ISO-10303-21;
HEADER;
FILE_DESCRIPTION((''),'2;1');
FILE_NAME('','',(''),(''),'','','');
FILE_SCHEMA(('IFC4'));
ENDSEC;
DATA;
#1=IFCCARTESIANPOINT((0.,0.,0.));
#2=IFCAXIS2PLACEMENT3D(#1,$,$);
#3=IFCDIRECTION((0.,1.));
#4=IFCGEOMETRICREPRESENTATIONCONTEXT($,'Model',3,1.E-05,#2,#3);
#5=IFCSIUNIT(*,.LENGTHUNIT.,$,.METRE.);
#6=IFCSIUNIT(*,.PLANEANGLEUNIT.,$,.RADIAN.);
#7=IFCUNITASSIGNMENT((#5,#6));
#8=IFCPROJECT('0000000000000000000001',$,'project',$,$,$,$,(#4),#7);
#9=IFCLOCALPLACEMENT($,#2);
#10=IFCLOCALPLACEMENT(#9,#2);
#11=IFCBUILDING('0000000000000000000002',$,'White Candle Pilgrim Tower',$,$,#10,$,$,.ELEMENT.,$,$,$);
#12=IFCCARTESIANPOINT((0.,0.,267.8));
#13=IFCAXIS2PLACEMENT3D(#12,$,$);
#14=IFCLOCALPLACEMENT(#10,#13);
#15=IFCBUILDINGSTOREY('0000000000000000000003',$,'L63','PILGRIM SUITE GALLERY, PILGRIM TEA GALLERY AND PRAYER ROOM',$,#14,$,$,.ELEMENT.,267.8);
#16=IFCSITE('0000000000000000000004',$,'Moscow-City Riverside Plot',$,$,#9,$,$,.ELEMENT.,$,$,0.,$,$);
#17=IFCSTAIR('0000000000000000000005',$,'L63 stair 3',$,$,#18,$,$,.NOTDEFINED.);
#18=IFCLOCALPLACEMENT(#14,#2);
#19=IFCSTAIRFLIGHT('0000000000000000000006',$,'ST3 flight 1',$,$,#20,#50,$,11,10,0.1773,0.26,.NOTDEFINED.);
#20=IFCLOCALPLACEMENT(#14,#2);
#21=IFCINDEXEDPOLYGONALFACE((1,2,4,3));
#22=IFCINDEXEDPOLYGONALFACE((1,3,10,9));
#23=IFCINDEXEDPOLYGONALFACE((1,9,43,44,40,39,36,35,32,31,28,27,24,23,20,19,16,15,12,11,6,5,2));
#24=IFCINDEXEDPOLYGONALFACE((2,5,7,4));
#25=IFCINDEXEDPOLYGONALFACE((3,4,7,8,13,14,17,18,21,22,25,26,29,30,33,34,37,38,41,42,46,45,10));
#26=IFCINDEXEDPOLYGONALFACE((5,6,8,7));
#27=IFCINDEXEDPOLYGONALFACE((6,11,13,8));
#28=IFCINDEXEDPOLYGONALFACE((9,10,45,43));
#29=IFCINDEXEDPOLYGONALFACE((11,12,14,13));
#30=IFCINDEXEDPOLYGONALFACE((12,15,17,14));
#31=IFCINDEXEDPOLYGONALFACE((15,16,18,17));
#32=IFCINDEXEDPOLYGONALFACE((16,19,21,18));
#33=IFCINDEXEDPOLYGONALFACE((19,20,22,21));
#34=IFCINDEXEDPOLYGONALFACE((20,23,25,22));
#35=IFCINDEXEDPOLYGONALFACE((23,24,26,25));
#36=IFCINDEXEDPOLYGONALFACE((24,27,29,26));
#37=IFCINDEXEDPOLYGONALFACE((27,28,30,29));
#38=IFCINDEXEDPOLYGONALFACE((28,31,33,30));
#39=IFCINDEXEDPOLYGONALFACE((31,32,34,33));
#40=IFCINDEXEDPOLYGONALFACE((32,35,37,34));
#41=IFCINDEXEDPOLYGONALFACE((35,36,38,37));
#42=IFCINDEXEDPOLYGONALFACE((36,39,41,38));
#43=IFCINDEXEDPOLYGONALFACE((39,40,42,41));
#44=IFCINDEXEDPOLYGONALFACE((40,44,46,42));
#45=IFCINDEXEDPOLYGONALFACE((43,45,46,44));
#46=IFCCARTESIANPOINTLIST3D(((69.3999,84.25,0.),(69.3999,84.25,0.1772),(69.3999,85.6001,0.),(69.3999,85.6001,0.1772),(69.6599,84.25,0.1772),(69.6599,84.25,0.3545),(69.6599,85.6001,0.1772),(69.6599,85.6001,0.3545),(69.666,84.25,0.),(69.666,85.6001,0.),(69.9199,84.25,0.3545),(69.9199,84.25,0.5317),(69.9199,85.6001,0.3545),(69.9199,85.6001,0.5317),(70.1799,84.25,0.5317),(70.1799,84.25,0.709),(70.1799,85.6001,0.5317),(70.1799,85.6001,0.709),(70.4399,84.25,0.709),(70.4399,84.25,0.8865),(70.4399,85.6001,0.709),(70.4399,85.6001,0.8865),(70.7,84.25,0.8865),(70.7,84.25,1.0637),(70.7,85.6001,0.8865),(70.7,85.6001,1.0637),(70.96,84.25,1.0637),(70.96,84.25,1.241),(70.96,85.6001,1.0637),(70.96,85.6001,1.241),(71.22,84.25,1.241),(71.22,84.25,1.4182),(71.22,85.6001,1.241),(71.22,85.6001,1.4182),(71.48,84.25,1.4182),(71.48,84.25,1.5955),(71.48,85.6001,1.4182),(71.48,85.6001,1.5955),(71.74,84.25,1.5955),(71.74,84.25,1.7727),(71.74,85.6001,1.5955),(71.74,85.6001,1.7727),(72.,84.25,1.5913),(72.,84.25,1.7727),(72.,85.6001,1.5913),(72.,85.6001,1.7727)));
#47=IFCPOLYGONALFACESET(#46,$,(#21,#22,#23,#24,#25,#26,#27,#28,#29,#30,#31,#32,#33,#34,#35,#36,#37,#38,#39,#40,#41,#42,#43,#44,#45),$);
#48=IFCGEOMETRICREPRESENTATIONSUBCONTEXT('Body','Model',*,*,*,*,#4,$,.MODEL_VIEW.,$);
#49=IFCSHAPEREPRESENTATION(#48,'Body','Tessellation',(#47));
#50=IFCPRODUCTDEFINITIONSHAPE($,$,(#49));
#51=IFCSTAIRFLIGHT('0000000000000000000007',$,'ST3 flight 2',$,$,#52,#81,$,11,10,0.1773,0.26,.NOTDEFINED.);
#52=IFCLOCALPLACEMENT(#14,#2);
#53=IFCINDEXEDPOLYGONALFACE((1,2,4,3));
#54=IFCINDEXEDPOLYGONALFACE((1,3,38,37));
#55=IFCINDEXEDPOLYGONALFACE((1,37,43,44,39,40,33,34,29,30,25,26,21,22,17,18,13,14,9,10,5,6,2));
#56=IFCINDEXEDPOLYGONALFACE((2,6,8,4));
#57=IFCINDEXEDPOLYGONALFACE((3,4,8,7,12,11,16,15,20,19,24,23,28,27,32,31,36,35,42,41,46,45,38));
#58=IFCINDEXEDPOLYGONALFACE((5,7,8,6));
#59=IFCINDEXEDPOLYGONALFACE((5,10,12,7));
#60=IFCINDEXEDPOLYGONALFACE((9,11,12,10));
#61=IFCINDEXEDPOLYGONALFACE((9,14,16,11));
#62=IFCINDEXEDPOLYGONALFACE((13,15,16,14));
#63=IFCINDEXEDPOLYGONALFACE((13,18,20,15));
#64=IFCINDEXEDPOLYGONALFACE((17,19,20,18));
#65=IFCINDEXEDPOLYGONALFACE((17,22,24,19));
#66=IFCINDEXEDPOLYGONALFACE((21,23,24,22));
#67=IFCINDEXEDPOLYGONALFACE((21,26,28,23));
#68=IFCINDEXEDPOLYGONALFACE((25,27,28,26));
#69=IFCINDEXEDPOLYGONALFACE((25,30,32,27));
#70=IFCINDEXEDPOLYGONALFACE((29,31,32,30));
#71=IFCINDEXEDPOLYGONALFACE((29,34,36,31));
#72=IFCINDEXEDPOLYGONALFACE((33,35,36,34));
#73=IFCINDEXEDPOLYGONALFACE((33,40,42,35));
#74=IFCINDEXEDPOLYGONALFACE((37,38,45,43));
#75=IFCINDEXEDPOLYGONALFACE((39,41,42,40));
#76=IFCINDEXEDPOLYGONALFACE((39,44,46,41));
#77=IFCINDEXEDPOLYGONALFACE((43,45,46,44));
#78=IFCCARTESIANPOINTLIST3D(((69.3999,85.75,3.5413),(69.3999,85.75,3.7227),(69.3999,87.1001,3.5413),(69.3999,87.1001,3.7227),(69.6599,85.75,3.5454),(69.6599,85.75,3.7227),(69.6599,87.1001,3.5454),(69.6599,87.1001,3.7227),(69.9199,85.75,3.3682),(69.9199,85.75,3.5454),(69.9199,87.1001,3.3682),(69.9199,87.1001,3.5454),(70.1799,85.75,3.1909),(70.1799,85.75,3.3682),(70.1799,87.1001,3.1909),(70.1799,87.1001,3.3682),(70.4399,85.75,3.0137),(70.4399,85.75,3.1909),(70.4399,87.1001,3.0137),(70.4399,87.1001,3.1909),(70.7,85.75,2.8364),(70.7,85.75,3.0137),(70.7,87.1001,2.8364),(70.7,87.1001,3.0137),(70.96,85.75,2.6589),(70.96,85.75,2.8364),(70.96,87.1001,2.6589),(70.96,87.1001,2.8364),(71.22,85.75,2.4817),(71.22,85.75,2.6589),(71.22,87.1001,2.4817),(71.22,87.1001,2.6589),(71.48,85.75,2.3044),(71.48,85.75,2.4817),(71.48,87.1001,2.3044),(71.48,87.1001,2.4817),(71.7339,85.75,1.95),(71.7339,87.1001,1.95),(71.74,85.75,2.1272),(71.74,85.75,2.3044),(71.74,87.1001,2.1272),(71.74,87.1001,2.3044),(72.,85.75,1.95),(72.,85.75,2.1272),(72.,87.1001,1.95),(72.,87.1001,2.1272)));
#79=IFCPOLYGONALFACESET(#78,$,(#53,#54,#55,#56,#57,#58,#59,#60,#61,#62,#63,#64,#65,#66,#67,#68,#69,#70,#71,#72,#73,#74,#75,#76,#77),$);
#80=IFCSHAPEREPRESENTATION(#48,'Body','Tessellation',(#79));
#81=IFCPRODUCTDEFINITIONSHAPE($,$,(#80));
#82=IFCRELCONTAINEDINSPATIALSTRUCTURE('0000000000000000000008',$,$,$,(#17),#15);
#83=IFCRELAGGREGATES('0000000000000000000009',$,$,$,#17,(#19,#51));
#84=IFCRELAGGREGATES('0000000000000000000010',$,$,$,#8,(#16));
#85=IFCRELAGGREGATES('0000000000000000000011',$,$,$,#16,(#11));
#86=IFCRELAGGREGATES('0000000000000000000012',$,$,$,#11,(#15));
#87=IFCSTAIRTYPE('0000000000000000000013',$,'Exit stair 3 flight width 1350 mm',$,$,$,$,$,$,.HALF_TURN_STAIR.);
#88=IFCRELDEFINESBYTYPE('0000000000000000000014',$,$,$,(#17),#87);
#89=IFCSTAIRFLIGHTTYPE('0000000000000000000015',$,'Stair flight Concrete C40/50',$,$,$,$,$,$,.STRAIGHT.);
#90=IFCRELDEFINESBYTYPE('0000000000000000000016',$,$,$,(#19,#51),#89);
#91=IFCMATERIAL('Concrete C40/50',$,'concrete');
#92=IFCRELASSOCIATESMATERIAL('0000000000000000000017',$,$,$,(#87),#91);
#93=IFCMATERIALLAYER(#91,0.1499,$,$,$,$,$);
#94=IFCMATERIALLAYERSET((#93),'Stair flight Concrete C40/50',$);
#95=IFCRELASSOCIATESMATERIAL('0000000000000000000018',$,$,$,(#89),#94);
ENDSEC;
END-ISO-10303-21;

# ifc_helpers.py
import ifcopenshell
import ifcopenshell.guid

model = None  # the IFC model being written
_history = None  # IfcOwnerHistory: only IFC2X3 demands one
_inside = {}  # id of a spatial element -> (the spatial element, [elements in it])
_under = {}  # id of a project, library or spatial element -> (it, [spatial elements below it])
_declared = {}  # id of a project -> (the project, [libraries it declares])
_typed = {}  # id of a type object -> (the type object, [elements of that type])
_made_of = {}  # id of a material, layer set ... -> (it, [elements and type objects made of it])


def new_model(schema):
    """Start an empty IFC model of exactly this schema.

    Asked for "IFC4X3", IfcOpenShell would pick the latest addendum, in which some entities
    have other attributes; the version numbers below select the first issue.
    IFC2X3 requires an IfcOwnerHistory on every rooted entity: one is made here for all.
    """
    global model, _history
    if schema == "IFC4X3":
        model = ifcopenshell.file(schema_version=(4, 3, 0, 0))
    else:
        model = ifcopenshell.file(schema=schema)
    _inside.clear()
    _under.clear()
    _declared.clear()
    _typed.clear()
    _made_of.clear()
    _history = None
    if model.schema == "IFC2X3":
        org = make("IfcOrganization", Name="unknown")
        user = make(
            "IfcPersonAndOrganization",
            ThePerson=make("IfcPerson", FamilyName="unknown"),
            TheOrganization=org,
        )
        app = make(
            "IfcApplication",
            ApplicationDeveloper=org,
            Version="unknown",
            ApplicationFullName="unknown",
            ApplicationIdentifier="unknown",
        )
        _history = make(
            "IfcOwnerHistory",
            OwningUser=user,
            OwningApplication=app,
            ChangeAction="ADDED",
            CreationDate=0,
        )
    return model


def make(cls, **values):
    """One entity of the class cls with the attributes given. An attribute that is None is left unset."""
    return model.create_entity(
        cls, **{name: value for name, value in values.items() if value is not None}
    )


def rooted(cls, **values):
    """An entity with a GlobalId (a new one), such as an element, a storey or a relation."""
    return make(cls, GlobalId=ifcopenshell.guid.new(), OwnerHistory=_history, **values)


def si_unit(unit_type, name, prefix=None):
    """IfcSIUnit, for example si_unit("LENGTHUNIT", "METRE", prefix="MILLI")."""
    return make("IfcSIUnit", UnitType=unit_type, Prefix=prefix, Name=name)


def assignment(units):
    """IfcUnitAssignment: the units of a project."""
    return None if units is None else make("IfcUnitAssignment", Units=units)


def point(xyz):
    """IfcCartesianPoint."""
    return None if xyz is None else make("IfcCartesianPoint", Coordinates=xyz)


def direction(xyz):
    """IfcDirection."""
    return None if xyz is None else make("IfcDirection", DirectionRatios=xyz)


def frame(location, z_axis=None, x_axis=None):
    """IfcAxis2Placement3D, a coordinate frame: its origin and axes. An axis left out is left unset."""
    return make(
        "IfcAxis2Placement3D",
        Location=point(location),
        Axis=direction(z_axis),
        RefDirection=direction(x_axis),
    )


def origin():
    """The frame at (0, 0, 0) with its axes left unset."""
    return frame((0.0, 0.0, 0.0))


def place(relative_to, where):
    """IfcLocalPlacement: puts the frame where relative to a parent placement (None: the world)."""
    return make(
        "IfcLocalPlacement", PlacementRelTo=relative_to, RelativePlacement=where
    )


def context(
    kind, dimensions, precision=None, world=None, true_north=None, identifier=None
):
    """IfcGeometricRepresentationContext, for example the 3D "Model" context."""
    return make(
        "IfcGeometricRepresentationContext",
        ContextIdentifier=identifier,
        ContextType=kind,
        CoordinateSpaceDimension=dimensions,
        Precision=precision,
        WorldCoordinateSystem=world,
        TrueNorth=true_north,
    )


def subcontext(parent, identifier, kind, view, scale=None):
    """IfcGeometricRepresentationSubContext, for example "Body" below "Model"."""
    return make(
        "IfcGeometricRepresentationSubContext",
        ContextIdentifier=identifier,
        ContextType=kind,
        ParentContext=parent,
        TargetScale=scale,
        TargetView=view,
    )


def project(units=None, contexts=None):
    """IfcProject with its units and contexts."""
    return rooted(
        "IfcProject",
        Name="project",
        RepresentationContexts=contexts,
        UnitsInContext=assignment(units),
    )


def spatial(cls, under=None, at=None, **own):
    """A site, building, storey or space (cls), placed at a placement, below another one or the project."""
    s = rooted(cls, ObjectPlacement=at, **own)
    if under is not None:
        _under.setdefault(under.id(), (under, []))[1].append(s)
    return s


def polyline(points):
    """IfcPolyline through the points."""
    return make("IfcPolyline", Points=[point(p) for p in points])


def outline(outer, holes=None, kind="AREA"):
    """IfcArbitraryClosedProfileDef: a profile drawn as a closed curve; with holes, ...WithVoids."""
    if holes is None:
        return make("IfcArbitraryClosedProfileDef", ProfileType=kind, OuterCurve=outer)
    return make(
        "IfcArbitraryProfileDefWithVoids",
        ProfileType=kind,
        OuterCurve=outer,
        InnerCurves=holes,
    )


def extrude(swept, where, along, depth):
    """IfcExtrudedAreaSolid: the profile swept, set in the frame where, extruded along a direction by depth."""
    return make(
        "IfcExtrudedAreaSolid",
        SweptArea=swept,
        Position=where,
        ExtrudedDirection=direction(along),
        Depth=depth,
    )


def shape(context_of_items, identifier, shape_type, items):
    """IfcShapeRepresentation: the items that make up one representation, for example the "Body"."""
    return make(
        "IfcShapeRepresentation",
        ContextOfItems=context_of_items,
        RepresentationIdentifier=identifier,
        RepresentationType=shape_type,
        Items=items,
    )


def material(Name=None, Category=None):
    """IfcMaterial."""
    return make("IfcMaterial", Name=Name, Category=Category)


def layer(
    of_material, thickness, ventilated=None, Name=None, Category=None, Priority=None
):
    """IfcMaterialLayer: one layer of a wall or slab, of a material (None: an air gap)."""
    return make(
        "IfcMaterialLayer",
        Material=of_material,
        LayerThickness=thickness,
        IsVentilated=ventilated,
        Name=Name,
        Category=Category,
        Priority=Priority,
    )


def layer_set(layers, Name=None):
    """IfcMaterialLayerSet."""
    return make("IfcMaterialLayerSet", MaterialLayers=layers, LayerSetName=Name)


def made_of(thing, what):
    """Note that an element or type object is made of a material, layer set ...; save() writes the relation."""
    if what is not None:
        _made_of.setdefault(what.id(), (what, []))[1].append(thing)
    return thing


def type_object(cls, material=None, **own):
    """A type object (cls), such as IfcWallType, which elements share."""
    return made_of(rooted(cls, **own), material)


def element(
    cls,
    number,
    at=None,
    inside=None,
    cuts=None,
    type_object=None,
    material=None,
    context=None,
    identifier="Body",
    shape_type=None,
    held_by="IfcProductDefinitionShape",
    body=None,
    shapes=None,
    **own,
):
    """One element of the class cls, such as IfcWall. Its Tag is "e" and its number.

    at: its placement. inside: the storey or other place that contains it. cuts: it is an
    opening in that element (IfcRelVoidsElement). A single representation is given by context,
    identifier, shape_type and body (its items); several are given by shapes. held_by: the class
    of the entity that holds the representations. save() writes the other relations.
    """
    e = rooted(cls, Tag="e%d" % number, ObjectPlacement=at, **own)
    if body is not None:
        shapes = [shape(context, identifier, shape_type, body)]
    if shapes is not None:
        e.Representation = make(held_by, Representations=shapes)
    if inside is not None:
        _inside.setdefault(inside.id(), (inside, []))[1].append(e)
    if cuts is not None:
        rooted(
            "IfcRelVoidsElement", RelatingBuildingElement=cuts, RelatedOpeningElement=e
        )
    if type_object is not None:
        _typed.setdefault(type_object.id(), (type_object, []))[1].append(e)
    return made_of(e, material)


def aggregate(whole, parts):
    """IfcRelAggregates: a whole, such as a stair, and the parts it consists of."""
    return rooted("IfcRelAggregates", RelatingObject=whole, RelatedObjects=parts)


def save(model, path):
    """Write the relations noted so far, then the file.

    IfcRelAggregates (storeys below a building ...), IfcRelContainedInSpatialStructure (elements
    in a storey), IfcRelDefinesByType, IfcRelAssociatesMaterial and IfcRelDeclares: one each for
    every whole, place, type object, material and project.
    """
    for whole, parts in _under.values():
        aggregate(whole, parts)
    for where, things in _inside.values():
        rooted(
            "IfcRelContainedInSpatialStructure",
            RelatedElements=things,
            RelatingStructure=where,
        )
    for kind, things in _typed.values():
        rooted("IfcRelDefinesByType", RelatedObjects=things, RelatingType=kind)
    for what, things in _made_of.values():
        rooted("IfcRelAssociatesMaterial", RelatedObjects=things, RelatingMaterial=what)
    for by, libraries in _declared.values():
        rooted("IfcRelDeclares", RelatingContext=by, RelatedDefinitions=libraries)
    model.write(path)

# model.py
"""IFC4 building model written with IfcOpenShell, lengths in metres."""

from ifc_helpers import new_model, si_unit, direction, frame, origin, place, context, subcontext, project, spatial, polyline, outline, extrude, material, layer, layer_set, type_object, element, aggregate, save


model = new_model("IFC4")

# Units and contexts
model_context = context("Model", 3, precision=1e-05, world=origin(), true_north=direction((0.0, 1.0)))
body_context = subcontext(model_context, "Body", "Model", "MODEL_VIEW")
ifc_project = project(units=[si_unit("LENGTHUNIT", "METRE"), si_unit("PLANEANGLEUNIT", "RADIAN")], contexts=[model_context])

# Site, building, storey
site_placement = place(None, origin())
site = spatial("IfcSite", under=ifc_project, at=site_placement, Name="Moscow-City Riverside Plot", CompositionType="ELEMENT", RefElevation=0.0)
building_placement = place(site_placement, origin())
building = spatial("IfcBuilding", under=site, at=building_placement, Name="White Candle Pilgrim Tower", CompositionType="ELEMENT")
storey_placement = place(building_placement, frame((0.0, 0.0, 267.8)))
storey = spatial("IfcBuildingStorey", under=building, at=storey_placement, Name="L63", Description="PILGRIM SUITE GALLERY, PILGRIM TEA GALLERY AND PRAYER ROOM", CompositionType="ELEMENT", Elevation=267.8)

# Stair, stair flights
ifc_material_1 = material(Name="Concrete C40/50", Category="concrete")
stair_type = type_object("IfcStairType", Name="Exit stair 3 flight width 1350 mm", PredefinedType="HALF_TURN_STAIR", material=ifc_material_1)
stair_placement = place(storey_placement, origin())
stair = element("IfcStair", 1, at=stair_placement, inside=storey, type_object=stair_type, Name="L63 stair 3", PredefinedType="NOTDEFINED")
ifc_layer_1 = layer(ifc_material_1, 0.1499)
ifc_layer_set_1 = layer_set([ifc_layer_1], Name="Stair flight Concrete C40/50")
stair_flight_type = type_object("IfcStairFlightType", Name="Stair flight Concrete C40/50", PredefinedType="STRAIGHT", material=ifc_layer_set_1)
stair_flight_1_placement = place(storey_placement, frame((69.3999, 84.925, 0.0), z_axis=(0.0, 0.0, 1.0), x_axis=(1.0, 0.0, 0.0)))
stair_flight_1 = element("IfcStairFlight", 2, at=stair_flight_1_placement, type_object=stair_flight_type, Name="ST3 flight 1", NumberOfRisers=11, NumberOfTreads=10, PredefinedType="NOTDEFINED", RiserHeight=0.1773, TreadLength=0.26, context=body_context, shape_type="SweptSolid", body=[
    extrude(outline(polyline([(0.0, 0.0), (0.0, 0.1772), (0.26, 0.1772), (0.26, 0.3545), (0.52, 0.3545), (0.52, 0.5317), (0.78, 0.5317), (0.78, 0.709), (1.04, 0.709), (1.04, 0.8865), (1.3, 0.8865), (1.3, 1.0637), (1.5601, 1.0637), (1.5601, 1.241), (1.8201, 1.241), (1.8201, 1.4182), (2.0801, 1.4182), (2.0801, 1.5955), (2.3401, 1.5955), (2.3401, 1.7727), (2.6001, 1.7727), (2.6001, 1.95), (2.6001, 1.5913), (0.2661, 0.0), (0.0, 0.0)])), frame((0.0, 0.675, 0.0), z_axis=(0.0, -1.0, 0.0), x_axis=(1.0, 0.0, 0.0)), (0.0, 0.0, 1.0), 1.3501),
])
stair_flight_2_placement = place(storey_placement, frame((72.0, 86.425, 1.95), z_axis=(0.0, 0.0, 1.0), x_axis=(-1.0, 0.0, 0.0)))
stair_flight_2 = element("IfcStairFlight", 3, at=stair_flight_2_placement, type_object=stair_flight_type, Name="ST3 flight 2", NumberOfRisers=11, NumberOfTreads=10, PredefinedType="NOTDEFINED", RiserHeight=0.1773, TreadLength=0.26, context=body_context, shape_type="SweptSolid", body=[
    extrude(outline(polyline([(0.0, 0.0), (0.0, 0.1772), (0.26, 0.1772), (0.26, 0.3545), (0.52, 0.3545), (0.52, 0.5317), (0.78, 0.5317), (0.78, 0.709), (1.04, 0.709), (1.04, 0.8865), (1.3, 0.8865), (1.3, 1.0637), (1.5601, 1.0637), (1.5601, 1.241), (1.8201, 1.241), (1.8201, 1.4182), (2.0801, 1.4182), (2.0801, 1.5955), (2.3401, 1.5955), (2.3401, 1.7727), (2.6001, 1.7727), (2.6001, 1.95), (2.6001, 1.5913), (0.2661, 0.0), (0.0, 0.0)])), frame((0.0, 0.675, 0.0), z_axis=(0.0, -1.0, 0.0), x_axis=(1.0, 0.0, 0.0)), (0.0, 0.0, 1.0), 1.3501),
])
aggregate(stair, [stair_flight_1, stair_flight_2])

save(model, "model.ifc")
